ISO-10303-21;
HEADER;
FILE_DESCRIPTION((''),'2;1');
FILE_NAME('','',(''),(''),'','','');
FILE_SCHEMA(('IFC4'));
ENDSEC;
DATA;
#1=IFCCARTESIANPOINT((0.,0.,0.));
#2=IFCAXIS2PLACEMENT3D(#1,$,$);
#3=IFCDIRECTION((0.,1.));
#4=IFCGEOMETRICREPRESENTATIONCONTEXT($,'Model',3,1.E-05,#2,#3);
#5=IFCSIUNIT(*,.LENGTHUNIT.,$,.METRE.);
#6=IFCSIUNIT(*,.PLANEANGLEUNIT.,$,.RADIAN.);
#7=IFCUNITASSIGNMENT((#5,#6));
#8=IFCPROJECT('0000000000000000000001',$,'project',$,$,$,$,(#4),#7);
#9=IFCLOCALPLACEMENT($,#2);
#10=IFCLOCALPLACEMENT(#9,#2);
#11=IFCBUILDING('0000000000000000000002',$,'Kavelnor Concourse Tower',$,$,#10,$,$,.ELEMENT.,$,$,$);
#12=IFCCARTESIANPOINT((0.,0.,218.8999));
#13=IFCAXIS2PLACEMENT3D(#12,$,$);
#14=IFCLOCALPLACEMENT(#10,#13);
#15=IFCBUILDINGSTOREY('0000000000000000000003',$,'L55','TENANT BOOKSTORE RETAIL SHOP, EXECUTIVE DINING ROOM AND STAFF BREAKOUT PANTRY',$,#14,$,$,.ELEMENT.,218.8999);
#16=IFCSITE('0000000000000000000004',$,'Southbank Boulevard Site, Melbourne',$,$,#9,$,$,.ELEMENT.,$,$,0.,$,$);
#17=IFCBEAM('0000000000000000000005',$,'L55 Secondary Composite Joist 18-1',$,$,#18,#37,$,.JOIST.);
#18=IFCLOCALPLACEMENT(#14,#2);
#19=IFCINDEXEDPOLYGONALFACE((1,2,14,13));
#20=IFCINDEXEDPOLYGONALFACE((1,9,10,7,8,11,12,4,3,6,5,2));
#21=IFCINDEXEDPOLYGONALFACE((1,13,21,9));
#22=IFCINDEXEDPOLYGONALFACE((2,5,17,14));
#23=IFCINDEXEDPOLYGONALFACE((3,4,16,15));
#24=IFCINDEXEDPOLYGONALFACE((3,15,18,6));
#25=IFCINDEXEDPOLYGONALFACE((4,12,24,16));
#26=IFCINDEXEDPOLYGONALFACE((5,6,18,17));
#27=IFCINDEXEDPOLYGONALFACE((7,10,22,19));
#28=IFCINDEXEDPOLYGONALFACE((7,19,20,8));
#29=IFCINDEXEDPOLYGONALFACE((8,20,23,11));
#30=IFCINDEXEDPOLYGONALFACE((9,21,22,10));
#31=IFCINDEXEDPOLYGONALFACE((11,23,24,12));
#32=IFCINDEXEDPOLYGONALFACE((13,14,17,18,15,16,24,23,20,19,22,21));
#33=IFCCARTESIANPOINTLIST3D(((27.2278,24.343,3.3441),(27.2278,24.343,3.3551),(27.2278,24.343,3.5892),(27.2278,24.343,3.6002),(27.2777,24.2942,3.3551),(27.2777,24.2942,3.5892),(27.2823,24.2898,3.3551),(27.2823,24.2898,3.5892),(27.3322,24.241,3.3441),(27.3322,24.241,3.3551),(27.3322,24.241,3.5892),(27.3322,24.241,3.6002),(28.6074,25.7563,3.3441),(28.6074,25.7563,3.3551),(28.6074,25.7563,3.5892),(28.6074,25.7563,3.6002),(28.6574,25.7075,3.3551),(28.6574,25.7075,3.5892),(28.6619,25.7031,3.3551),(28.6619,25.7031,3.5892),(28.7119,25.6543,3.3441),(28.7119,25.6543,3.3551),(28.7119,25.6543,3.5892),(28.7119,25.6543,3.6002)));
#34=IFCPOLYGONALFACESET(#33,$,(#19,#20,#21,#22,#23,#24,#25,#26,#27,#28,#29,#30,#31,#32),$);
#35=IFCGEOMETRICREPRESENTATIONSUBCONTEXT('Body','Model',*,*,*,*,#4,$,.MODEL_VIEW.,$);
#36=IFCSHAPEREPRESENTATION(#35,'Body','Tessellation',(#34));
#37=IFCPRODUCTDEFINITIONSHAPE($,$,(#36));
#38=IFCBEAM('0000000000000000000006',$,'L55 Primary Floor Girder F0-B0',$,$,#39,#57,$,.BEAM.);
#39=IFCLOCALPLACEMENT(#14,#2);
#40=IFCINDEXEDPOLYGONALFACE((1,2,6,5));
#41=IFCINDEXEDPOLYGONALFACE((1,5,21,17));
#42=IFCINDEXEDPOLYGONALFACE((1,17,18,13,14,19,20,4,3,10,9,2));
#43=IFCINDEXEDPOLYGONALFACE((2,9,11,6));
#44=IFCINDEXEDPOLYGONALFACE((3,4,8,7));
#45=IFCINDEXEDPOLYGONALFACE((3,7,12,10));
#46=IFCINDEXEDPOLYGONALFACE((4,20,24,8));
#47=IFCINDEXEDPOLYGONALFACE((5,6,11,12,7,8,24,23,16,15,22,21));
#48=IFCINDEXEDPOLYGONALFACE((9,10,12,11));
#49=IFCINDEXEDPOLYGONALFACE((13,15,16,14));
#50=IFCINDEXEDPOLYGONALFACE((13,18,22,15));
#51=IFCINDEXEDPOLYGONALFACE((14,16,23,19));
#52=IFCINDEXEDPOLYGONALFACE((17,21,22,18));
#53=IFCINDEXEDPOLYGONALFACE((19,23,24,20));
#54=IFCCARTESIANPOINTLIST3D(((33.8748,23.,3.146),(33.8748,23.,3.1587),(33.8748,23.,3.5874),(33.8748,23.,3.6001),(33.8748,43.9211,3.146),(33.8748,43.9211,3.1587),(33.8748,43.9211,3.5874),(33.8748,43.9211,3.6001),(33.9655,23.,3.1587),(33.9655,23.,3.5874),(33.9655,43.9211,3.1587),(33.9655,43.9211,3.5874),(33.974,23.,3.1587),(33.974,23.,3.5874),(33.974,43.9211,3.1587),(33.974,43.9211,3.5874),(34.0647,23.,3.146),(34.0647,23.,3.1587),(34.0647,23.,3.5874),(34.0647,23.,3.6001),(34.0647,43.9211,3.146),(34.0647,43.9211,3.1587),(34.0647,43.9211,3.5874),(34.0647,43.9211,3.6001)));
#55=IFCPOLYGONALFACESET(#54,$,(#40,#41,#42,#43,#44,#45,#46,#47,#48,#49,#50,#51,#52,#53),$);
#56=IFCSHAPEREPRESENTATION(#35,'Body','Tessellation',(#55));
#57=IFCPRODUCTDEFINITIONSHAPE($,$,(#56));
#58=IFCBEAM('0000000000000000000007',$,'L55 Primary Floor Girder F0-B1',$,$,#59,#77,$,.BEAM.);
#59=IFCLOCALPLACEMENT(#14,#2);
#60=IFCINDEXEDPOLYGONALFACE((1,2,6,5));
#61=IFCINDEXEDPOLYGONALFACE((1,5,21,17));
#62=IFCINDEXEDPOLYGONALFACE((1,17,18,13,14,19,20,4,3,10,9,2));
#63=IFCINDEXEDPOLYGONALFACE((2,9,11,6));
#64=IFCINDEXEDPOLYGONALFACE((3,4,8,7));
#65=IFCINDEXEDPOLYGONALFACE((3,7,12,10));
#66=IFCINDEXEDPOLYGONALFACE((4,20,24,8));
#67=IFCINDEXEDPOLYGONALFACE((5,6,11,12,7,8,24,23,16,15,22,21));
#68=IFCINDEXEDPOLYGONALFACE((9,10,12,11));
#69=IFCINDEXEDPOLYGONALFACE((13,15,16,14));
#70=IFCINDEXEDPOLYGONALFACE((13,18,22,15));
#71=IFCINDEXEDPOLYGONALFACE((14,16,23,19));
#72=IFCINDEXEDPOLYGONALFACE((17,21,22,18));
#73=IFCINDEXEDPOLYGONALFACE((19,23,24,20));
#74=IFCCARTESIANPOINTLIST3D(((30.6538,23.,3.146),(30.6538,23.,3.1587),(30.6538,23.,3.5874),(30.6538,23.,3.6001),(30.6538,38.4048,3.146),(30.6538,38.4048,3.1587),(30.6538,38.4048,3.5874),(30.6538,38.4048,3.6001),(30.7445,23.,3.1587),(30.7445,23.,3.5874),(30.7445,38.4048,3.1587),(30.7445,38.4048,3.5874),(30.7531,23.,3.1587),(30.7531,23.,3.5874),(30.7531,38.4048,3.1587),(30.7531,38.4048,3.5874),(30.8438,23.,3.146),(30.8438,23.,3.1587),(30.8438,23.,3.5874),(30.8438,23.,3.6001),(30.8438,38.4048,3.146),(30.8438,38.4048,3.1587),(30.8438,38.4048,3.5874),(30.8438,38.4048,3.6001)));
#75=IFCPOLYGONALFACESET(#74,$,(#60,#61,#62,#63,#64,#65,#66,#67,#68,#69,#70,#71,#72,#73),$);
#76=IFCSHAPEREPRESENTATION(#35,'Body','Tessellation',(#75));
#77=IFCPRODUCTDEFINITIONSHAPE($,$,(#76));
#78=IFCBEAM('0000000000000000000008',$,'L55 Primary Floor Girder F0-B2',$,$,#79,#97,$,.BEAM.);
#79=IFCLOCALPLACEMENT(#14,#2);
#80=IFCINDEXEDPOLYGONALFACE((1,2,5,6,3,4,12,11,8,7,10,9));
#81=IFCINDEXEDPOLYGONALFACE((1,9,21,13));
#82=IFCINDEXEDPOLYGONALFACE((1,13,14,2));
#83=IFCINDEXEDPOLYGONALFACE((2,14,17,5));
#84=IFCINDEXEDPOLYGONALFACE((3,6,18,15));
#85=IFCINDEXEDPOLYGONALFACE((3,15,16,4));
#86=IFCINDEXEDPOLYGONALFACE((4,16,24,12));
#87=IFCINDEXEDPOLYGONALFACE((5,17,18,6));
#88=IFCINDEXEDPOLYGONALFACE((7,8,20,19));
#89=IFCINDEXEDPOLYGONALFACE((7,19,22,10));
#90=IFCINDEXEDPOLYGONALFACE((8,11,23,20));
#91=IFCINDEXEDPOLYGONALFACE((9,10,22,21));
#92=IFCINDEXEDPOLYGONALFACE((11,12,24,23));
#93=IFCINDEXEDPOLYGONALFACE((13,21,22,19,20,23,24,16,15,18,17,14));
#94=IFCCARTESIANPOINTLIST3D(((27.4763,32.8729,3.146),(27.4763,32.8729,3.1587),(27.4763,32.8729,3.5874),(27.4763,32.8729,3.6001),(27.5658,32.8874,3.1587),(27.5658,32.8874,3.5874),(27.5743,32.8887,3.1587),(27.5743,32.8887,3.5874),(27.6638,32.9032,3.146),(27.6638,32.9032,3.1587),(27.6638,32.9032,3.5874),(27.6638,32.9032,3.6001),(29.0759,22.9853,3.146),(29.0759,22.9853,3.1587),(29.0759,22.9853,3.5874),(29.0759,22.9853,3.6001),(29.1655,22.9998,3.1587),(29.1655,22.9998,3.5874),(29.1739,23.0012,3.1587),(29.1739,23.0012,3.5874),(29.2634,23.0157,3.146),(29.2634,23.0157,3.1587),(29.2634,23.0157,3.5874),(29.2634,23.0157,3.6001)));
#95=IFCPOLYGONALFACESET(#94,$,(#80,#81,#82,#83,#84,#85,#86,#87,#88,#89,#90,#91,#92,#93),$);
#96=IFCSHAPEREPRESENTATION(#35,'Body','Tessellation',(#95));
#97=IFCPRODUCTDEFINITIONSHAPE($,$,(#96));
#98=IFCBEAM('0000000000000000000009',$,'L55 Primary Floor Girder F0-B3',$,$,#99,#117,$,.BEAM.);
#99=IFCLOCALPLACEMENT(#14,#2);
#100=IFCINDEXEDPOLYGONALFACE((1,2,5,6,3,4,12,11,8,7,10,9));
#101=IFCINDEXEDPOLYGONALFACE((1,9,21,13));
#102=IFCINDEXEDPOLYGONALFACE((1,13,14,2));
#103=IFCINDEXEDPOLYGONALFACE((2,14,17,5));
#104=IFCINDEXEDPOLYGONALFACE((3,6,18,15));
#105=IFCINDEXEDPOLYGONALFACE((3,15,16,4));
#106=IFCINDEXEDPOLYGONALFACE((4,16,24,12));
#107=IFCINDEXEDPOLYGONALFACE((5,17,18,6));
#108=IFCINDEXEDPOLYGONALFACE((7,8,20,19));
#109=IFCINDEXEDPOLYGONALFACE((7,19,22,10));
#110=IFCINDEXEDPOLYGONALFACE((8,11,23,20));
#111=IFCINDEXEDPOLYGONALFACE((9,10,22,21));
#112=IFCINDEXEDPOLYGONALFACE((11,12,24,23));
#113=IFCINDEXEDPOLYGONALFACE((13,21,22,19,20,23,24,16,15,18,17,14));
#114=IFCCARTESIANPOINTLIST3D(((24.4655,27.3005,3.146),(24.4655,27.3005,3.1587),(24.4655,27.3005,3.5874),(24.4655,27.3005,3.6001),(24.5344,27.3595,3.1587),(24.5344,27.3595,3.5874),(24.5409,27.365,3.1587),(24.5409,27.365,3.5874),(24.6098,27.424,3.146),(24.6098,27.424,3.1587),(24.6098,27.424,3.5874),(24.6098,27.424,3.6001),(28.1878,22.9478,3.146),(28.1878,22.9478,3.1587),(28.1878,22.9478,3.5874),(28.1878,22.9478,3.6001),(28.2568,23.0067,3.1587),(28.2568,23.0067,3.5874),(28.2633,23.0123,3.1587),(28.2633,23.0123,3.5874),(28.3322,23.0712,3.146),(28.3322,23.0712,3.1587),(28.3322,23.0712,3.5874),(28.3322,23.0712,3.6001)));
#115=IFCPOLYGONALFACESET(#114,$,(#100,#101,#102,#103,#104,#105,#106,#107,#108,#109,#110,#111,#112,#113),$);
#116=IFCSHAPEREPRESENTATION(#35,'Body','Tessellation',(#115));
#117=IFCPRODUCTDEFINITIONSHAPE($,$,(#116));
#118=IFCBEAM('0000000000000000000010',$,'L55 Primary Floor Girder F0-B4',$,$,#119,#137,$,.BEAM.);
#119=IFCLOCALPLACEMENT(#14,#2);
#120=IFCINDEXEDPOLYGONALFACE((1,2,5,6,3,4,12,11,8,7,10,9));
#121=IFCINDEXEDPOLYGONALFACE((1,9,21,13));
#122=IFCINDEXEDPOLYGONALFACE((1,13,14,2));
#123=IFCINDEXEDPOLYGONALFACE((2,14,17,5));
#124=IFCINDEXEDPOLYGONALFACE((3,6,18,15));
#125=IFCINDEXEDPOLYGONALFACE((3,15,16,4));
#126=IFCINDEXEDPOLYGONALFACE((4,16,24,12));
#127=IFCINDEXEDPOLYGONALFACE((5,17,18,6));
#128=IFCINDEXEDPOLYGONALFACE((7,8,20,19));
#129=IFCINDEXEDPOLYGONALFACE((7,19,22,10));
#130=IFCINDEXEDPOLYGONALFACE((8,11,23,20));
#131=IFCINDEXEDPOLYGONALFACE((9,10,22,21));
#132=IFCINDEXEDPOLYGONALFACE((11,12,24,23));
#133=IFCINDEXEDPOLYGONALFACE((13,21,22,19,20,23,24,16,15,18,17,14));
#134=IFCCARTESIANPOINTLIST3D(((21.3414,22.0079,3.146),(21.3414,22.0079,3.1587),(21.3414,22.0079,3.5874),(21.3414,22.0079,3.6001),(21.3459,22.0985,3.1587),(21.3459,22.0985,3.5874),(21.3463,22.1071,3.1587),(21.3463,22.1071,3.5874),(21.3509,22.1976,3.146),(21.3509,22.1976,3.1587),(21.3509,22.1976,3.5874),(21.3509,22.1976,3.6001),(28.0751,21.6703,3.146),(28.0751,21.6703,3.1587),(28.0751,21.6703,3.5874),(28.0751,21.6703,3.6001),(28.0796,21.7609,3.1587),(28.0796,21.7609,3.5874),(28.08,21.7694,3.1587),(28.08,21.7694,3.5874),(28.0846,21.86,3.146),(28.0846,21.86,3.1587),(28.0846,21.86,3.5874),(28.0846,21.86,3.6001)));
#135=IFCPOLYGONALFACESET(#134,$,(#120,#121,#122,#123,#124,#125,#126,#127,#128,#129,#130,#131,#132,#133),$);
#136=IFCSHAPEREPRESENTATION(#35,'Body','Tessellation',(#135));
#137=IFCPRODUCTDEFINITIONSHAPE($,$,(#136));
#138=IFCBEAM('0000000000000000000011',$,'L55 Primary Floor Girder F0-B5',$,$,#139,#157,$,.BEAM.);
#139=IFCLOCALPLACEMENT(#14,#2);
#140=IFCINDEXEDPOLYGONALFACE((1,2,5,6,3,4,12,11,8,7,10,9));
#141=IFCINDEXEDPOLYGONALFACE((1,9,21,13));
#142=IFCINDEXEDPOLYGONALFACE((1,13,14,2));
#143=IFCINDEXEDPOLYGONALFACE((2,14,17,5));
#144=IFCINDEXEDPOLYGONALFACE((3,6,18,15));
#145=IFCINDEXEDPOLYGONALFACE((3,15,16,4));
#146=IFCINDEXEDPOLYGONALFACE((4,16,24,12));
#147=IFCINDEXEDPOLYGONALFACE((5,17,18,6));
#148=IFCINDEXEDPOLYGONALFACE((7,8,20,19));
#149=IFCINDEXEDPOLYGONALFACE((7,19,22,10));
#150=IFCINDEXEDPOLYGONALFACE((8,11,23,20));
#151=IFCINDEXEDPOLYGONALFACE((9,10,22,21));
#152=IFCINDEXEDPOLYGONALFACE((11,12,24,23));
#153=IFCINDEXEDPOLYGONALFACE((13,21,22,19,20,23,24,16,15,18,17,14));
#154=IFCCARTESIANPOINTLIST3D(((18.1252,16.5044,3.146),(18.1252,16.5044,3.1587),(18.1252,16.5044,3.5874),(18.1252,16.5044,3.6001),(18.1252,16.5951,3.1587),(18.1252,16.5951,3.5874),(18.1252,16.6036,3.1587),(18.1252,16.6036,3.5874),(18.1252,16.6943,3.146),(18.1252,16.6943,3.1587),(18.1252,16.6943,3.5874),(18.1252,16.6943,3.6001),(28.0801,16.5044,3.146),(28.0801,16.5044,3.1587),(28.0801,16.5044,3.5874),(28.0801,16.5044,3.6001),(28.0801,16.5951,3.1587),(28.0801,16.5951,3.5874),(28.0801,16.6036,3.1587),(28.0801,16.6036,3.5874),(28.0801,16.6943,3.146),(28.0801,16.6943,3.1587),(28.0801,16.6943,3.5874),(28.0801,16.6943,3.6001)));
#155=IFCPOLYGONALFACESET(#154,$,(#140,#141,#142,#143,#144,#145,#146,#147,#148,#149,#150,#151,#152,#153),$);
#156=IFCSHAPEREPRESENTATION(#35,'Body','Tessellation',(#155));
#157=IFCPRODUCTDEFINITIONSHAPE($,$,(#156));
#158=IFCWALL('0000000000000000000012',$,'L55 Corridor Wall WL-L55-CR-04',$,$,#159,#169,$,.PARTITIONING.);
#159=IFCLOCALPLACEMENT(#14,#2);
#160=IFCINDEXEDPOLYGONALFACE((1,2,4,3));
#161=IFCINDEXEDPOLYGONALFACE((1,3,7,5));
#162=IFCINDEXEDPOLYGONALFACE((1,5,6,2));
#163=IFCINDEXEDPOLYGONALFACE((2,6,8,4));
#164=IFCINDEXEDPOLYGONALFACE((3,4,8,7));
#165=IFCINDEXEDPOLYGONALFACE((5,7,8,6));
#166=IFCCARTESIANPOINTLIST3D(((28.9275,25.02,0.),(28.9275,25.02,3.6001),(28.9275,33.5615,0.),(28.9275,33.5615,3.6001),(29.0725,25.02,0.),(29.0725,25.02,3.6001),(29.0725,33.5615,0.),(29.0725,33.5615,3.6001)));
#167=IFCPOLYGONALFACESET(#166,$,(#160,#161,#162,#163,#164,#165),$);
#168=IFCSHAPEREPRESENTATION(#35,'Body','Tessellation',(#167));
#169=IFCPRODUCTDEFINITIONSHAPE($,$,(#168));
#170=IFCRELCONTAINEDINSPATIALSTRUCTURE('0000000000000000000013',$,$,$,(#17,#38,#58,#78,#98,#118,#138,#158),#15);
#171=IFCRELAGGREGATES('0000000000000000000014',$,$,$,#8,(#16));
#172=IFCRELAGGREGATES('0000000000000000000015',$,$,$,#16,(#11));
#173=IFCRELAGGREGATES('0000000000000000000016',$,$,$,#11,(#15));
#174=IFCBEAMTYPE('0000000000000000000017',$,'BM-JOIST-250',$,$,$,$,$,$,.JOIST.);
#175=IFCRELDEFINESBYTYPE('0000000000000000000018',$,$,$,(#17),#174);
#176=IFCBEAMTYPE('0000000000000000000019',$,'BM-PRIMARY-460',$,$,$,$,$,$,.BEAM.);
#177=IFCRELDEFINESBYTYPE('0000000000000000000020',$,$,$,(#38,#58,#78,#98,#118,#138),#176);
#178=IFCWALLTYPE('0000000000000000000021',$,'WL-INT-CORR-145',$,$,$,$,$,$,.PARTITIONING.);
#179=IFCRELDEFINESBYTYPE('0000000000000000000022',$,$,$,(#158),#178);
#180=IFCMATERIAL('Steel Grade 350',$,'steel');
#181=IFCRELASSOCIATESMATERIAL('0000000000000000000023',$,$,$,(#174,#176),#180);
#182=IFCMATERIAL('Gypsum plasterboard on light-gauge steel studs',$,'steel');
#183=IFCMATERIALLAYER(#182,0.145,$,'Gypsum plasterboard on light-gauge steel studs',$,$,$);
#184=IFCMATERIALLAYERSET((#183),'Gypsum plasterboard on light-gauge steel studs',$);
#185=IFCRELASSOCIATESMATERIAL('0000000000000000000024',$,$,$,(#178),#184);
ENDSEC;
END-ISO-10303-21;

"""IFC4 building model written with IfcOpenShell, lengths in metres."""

from ifc_helpers import new_model, si_unit, direction, frame, frame_2d, origin, origin_2d, place, context, subcontext, project, spatial, rectangle, i_section, extrude, material, layer, layer_set, material_profile, profile_set, type_object, element, save


model = new_model("IFC4")

# Units and contexts
model_context = context("Model", 3, precision=1e-05, world=origin(), true_north=direction((0.0, 1.0)))
body_context = subcontext(model_context, "Body", "Model", "MODEL_VIEW")
ifc_project = project(units=[si_unit("LENGTHUNIT", "METRE"), si_unit("PLANEANGLEUNIT", "RADIAN")], contexts=[model_context])

# Site, building, storey
site_placement = place(None, origin())
site = spatial("IfcSite", under=ifc_project, at=site_placement, Name="Southbank Boulevard Site, Melbourne", CompositionType="ELEMENT", RefElevation=0.0)
building_placement = place(site_placement, origin())
building = spatial("IfcBuilding", under=site, at=building_placement, Name="Kavelnor Concourse Tower", CompositionType="ELEMENT")
storey_placement = place(building_placement, frame((0.0, 0.0, 218.8999)))
storey = spatial("IfcBuildingStorey", under=building, at=storey_placement, Name="L55", Description="TENANT BOOKSTORE RETAIL SHOP, EXECUTIVE DINING ROOM AND STAFF BREAKOUT PANTRY", CompositionType="ELEMENT", Elevation=218.8999)

# Beams
ifc_material_1 = material(Name="Steel Grade 350", Category="steel")
ifc_material_profile_1 = material_profile(ifc_material_1, i_section(OverallWidth=0.146, OverallDepth=0.2561, WebThickness=0.0063, FlangeThickness=0.011, at=origin_2d()), Name="250UB37")
ifc_profile_set_1 = profile_set([ifc_material_profile_1], Name="Steel Grade 350")
beam_type_1 = type_object("IfcBeamType", Name="BM-JOIST-250", PredefinedType="JOIST", material=ifc_profile_set_1)
beam_1_placement = place(storey_placement, frame((28.6597, 25.7053, 3.4722), z_axis=(-0.698526, -0.715585, 0.0), x_axis=(0.715585, -0.698526, 0.0)))
element("IfcBeam", 1, at=beam_1_placement, inside=storey, type_object=beam_type_1, Name="L55 Secondary Composite Joist 18-1", PredefinedType="JOIST", context=body_context, shape_type="SweptSolid", body=[
    extrude(i_section(OverallWidth=0.146, OverallDepth=0.2561, WebThickness=0.0063, FlangeThickness=0.011, at=origin_2d()), origin(), (0.0, 0.0, 1.0), 1.9751),
])
ifc_material_profile_2 = material_profile(ifc_material_1, i_section(OverallWidth=0.1899, OverallDepth=0.4541, WebThickness=0.0085, FlangeThickness=0.0127, at=origin_2d()), Name="460UB67")
ifc_profile_set_2 = profile_set([ifc_material_profile_2], Name="Steel Grade 350")
beam_type_2 = type_object("IfcBeamType", Name="BM-PRIMARY-460", PredefinedType="BEAM", material=ifc_profile_set_2)
beam_2_placement = place(storey_placement, frame((33.9697, 23.0, 3.373), z_axis=(0.0, 1.0, 0.0), x_axis=(-1.0, 0.0, 0.0)))
element("IfcBeam", 2, at=beam_2_placement, inside=storey, type_object=beam_type_2, Name="L55 Primary Floor Girder F0-B0", PredefinedType="BEAM", context=body_context, shape_type="SweptSolid", body=[
    extrude(i_section(OverallWidth=0.1899, OverallDepth=0.4541, WebThickness=0.0085, FlangeThickness=0.0127, at=origin_2d()), origin(), (0.0, 0.0, 1.0), 20.9211),
])
beam_3_placement = place(storey_placement, frame((30.7488, 23.0, 3.373), z_axis=(0.0, 1.0, 0.0), x_axis=(-1.0, 0.0, 0.0)))
element("IfcBeam", 3, at=beam_3_placement, inside=storey, type_object=beam_type_2, Name="L55 Primary Floor Girder F0-B1", PredefinedType="BEAM", context=body_context, shape_type="SweptSolid", body=[
    extrude(i_section(OverallWidth=0.1899, OverallDepth=0.4541, WebThickness=0.0085, FlangeThickness=0.0127, at=origin_2d()), origin(), (0.0, 0.0, 1.0), 15.4048),
])
beam_4_placement = place(storey_placement, frame((29.1697, 23.0005, 3.373), z_axis=(-0.159705, 0.987165, 0.0), x_axis=(-0.987165, -0.159705, 0.0)))
element("IfcBeam", 4, at=beam_4_placement, inside=storey, type_object=beam_type_2, Name="L55 Primary Floor Girder F0-B2", PredefinedType="BEAM", context=body_context, shape_type="SweptSolid", body=[
    extrude(i_section(OverallWidth=0.1899, OverallDepth=0.4541, WebThickness=0.0085, FlangeThickness=0.0127, at=origin_2d()), origin(), (0.0, 0.0, 1.0), 10.0161),
])
beam_5_placement = place(storey_placement, frame((28.26, 23.0095, 3.373), z_axis=(-0.649931, 0.759993, 0.0), x_axis=(-0.759993, -0.649931, 0.0)))
element("IfcBeam", 5, at=beam_5_placement, inside=storey, type_object=beam_type_2, Name="L55 Primary Floor Girder F0-B3", PredefinedType="BEAM", context=body_context, shape_type="SweptSolid", body=[
    extrude(i_section(OverallWidth=0.1899, OverallDepth=0.4541, WebThickness=0.0085, FlangeThickness=0.0127, at=origin_2d()), origin(), (0.0, 0.0, 1.0), 5.7273),
])
beam_6_placement = place(storey_placement, frame((28.0798, 21.7651, 3.373), z_axis=(-0.998745, 0.05008, 0.0), x_axis=(-0.05008, -0.998745, 0.0)))
element("IfcBeam", 6, at=beam_6_placement, inside=storey, type_object=beam_type_2, Name="L55 Primary Floor Girder F0-B4", PredefinedType="BEAM", context=body_context, shape_type="SweptSolid", body=[
    extrude(i_section(OverallWidth=0.1899, OverallDepth=0.4541, WebThickness=0.0085, FlangeThickness=0.0127, at=origin_2d()), origin(), (0.0, 0.0, 1.0), 6.7422),
])
beam_7_placement = place(storey_placement, frame((28.0801, 16.5994, 3.373), z_axis=(-1.0, 0.0, 0.0), x_axis=(0.0, -1.0, 0.0)))
element("IfcBeam", 7, at=beam_7_placement, inside=storey, type_object=beam_type_2, Name="L55 Primary Floor Girder F0-B5", PredefinedType="BEAM", context=body_context, shape_type="SweptSolid", body=[
    extrude(i_section(OverallWidth=0.1899, OverallDepth=0.4541, WebThickness=0.0085, FlangeThickness=0.0127, at=origin_2d()), origin(), (0.0, 0.0, 1.0), 9.9548),
])

# Wall
ifc_material_2 = material(Name="Gypsum plasterboard on light-gauge steel studs", Category="steel")
ifc_layer_1 = layer(ifc_material_2, 0.145, Name="Gypsum plasterboard on light-gauge steel studs")
ifc_layer_set_1 = layer_set([ifc_layer_1], Name="Gypsum plasterboard on light-gauge steel studs")
wall_type_1 = type_object("IfcWallType", Name="WL-INT-CORR-145", PredefinedType="PARTITIONING", material=ifc_layer_set_1)
wall_1_placement = place(storey_placement, frame((29.0, 25.02, 0.0), z_axis=(0.0, 0.0, 1.0), x_axis=(0.0, 1.0, 0.0)))
element("IfcWall", 8, at=wall_1_placement, inside=storey, type_object=wall_type_1, Name="L55 Corridor Wall WL-L55-CR-04", PredefinedType="PARTITIONING", context=body_context, shape_type="SweptSolid", body=[
    extrude(rectangle(XDim=8.5415, YDim=0.145, at=frame_2d((4.2708, 0.0))), origin(), (0.0, 0.0, 1.0), 3.6001),
])

save(model, "model.ifc")
